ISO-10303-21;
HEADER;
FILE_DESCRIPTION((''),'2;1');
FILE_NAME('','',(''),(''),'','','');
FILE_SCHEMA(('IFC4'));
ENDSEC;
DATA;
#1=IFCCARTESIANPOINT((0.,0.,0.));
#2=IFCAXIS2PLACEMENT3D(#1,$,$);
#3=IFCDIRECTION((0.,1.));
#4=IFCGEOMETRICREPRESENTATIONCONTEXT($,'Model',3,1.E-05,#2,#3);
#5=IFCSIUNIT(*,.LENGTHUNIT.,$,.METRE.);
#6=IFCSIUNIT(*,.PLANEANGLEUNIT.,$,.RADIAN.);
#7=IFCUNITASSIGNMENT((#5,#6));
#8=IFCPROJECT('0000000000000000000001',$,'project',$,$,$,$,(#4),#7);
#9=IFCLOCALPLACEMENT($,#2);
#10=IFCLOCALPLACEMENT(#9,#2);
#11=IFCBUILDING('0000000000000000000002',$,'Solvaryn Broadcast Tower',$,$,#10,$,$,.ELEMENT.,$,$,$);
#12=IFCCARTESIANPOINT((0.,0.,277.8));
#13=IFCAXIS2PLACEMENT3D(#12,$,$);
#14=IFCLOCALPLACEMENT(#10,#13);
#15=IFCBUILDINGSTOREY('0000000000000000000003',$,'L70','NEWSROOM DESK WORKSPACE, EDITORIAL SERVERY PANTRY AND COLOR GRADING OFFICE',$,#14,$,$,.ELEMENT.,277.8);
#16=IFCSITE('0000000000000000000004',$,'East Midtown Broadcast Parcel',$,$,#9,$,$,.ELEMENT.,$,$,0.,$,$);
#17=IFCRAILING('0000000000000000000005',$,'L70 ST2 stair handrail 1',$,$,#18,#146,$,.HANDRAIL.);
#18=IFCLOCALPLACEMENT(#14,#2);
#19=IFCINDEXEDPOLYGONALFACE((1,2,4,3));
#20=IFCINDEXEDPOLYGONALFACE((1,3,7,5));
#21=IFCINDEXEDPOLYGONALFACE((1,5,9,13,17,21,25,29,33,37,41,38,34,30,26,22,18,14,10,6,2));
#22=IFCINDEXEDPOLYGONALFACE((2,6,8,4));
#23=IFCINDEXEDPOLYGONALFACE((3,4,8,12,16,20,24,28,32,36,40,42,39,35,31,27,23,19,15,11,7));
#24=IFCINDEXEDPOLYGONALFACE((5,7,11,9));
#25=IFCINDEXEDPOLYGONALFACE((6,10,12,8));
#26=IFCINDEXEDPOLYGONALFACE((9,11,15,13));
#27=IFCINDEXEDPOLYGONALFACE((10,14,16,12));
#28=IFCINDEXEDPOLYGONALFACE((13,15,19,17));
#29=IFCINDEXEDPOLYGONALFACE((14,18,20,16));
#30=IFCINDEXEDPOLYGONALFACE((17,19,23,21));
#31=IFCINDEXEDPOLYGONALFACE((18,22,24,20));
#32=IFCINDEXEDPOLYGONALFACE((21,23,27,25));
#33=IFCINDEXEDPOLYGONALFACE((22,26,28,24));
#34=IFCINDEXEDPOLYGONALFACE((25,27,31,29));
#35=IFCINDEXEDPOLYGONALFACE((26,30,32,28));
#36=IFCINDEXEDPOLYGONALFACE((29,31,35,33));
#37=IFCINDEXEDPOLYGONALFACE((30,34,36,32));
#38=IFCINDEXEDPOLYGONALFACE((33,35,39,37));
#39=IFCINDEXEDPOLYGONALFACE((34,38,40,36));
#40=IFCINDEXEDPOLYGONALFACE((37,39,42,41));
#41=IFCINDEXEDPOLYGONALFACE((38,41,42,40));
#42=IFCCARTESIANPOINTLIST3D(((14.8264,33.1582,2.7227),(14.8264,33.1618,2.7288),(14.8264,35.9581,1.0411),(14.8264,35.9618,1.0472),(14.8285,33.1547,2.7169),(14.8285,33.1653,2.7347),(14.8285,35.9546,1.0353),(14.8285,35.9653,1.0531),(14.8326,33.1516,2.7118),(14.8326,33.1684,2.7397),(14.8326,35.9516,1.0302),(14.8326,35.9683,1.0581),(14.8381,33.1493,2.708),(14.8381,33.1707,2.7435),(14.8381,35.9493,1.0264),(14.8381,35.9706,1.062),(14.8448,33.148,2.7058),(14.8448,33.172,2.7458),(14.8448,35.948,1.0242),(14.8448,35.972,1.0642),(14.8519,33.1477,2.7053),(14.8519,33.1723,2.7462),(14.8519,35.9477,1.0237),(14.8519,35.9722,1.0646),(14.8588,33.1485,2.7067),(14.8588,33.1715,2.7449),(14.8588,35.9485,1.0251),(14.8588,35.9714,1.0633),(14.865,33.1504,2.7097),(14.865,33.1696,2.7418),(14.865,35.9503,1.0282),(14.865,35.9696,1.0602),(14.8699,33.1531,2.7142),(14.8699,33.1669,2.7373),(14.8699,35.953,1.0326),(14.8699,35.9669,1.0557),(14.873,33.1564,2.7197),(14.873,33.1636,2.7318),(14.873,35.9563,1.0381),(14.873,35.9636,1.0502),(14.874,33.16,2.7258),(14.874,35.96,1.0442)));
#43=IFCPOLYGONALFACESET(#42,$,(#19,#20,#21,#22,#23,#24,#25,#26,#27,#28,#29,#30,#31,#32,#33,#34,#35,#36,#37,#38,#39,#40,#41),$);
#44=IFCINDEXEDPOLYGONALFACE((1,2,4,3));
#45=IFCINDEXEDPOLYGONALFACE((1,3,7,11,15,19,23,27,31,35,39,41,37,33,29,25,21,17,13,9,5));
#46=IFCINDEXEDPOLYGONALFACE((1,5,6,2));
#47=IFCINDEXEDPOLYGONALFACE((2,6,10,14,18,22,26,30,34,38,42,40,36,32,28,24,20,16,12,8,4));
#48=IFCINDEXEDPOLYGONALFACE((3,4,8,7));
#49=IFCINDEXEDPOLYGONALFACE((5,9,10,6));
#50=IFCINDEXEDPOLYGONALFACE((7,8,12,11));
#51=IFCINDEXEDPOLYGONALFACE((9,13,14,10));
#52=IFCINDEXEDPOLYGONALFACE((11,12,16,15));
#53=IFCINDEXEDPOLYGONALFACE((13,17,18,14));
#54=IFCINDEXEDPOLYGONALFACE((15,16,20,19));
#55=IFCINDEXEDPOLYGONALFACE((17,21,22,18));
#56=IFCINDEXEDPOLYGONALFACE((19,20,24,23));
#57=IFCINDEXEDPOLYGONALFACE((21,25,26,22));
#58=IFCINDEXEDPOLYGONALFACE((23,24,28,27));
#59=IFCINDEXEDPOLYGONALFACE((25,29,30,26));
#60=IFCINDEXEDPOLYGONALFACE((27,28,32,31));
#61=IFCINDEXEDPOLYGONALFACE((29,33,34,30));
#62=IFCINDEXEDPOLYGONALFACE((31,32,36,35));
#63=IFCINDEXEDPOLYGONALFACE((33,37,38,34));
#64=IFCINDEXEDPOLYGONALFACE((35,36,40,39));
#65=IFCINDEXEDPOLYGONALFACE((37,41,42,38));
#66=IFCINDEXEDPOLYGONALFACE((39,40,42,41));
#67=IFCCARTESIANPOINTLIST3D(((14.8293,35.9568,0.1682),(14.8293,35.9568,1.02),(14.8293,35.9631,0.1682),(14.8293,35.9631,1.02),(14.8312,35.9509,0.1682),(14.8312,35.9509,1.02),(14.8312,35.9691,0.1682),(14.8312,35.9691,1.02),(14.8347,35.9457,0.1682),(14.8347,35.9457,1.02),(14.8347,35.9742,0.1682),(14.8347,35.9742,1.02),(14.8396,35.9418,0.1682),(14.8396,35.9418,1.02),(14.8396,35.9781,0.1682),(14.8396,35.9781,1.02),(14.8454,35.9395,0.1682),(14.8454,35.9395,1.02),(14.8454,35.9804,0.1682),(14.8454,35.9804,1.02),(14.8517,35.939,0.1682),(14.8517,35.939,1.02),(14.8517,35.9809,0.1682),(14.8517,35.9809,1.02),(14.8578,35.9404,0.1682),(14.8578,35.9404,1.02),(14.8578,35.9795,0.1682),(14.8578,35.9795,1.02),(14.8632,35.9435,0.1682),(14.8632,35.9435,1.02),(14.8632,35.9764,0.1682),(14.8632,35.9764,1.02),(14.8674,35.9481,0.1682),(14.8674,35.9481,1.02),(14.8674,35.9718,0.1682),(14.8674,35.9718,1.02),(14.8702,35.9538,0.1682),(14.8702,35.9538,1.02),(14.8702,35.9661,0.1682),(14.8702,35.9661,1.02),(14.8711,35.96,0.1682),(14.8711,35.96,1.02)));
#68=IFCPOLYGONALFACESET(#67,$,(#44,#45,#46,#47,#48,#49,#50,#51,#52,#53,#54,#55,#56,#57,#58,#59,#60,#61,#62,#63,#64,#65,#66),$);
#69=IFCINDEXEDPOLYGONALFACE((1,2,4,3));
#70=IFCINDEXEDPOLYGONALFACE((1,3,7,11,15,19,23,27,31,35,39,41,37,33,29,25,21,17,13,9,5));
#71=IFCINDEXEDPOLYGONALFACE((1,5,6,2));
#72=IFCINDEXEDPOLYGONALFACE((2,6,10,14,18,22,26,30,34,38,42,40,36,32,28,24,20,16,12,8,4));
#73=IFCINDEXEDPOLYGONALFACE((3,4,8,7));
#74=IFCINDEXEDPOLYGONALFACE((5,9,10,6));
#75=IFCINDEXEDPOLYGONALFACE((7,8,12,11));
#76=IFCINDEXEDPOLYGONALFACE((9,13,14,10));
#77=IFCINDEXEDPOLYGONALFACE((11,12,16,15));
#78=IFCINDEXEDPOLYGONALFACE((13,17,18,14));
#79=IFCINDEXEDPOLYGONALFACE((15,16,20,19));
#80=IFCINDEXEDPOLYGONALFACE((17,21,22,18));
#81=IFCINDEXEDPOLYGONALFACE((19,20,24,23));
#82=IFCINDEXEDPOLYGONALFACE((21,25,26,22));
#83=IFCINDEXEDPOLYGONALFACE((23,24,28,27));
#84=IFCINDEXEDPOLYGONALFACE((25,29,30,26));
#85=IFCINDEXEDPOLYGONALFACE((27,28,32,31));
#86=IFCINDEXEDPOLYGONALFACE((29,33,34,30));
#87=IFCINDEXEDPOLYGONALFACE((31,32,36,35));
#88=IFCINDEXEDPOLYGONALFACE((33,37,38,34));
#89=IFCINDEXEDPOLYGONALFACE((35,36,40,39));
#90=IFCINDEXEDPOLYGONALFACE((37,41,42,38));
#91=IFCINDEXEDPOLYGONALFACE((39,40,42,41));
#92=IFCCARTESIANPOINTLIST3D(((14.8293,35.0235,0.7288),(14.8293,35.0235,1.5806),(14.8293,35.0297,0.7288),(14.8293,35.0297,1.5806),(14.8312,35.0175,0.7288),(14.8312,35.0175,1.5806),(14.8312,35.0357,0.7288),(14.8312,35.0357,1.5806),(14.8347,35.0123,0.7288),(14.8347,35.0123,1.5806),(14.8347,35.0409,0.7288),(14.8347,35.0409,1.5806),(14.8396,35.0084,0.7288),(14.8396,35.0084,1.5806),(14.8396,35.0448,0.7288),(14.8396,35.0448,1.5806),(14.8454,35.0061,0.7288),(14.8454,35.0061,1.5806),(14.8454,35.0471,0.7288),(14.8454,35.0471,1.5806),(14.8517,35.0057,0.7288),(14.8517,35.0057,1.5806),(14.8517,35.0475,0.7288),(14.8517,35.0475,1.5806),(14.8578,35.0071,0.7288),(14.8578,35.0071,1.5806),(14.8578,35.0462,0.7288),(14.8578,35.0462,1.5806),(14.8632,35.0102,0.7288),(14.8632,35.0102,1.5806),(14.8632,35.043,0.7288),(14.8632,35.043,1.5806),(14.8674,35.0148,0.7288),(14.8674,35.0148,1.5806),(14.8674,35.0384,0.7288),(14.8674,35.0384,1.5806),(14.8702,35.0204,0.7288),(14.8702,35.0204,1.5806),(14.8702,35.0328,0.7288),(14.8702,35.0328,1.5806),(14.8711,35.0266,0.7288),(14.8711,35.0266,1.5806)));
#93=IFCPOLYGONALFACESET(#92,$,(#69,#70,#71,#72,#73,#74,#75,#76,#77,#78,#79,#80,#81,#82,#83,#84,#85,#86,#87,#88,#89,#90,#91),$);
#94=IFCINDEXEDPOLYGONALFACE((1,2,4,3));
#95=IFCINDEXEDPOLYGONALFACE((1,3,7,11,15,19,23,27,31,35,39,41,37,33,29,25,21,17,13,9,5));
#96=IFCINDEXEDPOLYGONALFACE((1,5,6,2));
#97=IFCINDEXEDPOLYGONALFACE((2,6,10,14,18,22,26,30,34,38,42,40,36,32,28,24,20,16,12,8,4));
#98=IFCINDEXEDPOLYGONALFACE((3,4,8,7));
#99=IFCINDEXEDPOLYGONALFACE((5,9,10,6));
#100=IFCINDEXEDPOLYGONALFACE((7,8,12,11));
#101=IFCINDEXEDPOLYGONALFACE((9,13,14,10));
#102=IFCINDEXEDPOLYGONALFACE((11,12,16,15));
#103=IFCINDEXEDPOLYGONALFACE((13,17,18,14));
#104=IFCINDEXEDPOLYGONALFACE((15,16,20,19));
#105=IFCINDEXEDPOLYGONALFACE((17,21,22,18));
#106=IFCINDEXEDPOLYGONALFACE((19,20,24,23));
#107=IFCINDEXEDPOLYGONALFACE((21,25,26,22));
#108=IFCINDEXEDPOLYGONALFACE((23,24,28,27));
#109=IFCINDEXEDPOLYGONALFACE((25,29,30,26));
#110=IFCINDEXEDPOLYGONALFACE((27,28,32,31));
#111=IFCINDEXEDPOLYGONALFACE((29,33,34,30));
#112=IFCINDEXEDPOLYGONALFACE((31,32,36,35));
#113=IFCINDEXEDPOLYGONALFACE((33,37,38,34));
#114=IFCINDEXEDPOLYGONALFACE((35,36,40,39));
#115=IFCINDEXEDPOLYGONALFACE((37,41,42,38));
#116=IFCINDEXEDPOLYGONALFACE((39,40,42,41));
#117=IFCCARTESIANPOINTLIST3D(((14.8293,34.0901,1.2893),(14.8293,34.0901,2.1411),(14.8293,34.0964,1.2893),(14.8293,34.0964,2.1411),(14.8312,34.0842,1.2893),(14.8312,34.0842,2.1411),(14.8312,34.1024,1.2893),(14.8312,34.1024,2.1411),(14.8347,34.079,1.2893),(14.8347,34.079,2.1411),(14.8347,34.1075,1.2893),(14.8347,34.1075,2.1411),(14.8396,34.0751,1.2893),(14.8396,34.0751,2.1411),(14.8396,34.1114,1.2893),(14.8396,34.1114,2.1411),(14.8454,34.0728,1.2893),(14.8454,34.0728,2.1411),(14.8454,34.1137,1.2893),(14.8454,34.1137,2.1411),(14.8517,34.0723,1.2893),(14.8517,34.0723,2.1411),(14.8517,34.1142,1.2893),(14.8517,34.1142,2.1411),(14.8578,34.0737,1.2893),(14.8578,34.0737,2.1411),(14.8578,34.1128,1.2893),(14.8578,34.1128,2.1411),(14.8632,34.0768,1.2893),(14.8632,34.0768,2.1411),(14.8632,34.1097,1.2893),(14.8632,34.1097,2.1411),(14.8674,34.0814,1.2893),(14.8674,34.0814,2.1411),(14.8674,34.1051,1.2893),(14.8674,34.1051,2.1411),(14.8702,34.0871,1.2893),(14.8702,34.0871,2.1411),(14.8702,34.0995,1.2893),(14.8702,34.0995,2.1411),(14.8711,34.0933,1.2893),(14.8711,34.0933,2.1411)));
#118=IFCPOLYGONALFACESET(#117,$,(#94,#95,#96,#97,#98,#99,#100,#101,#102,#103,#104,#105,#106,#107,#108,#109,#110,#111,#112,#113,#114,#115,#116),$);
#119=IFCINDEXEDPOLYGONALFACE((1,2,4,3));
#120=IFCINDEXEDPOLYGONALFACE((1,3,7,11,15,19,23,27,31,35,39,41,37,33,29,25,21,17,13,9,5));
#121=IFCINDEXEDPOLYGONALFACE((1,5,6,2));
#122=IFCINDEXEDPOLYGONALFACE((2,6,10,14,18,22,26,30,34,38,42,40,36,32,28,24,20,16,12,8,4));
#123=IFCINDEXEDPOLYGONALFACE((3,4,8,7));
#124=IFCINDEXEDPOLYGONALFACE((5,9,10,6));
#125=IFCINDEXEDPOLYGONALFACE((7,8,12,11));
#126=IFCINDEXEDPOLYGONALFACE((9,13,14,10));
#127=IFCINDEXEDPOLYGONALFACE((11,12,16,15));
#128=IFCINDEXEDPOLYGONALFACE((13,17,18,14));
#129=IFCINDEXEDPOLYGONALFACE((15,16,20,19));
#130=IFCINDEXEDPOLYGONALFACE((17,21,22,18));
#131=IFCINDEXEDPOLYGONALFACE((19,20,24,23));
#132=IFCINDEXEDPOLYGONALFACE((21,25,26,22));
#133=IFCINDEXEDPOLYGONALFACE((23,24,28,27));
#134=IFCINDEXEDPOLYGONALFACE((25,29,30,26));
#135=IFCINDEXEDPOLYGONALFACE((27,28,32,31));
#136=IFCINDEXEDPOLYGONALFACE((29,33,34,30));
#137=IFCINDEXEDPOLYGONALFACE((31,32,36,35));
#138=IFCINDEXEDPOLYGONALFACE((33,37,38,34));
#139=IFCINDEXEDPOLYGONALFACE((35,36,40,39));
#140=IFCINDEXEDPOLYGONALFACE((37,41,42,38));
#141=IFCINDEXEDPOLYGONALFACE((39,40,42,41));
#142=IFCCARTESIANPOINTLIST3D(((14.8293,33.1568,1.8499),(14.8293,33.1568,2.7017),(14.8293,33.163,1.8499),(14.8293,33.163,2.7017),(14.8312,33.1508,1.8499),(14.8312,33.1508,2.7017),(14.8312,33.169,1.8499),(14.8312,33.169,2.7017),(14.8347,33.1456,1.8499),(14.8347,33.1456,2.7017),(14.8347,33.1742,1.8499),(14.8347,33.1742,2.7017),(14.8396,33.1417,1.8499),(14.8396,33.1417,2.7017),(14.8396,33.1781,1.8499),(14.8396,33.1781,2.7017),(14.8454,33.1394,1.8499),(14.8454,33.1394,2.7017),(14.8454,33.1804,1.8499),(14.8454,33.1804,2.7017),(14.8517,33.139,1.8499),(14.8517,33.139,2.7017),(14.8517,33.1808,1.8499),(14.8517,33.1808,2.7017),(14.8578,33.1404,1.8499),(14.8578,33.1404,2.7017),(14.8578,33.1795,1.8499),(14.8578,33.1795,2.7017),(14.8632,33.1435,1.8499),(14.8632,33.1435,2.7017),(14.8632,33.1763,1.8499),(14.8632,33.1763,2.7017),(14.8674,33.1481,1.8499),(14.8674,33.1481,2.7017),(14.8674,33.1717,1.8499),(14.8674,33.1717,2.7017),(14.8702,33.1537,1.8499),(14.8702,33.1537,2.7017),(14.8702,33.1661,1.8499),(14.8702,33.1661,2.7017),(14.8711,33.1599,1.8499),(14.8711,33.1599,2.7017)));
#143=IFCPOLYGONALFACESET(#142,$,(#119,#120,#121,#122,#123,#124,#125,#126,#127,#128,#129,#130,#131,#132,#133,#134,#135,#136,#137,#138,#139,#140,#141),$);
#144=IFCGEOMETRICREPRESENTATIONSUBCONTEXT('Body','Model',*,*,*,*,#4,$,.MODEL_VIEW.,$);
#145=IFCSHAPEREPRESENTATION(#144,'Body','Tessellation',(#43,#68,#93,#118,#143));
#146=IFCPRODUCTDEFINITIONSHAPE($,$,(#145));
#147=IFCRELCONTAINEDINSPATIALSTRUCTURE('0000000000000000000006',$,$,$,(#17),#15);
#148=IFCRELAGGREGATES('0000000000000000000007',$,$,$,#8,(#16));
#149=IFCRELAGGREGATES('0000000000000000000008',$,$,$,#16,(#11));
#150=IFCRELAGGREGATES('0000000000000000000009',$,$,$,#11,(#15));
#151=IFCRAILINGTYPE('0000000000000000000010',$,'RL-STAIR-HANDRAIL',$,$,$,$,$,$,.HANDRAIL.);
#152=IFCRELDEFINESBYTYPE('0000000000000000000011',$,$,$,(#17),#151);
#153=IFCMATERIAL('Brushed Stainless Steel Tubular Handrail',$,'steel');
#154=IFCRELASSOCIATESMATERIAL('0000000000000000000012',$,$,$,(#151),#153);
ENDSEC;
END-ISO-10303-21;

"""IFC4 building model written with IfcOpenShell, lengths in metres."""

from ifc_helpers import new_model, si_unit, direction, frame, origin, origin_2d, place, context, subcontext, project, spatial, circle, extrude, material, type_object, element, save


model = new_model("IFC4")

# Units and contexts
model_context = context("Model", 3, precision=1e-05, world=origin(), true_north=direction((0.0, 1.0)))
body_context = subcontext(model_context, "Body", "Model", "MODEL_VIEW")
ifc_project = project(units=[si_unit("LENGTHUNIT", "METRE"), si_unit("PLANEANGLEUNIT", "RADIAN")], contexts=[model_context])

# Site, building, storey
site_placement = place(None, origin())
site = spatial("IfcSite", under=ifc_project, at=site_placement, Name="East Midtown Broadcast Parcel", CompositionType="ELEMENT", RefElevation=0.0)
building_placement = place(site_placement, origin())
building = spatial("IfcBuilding", under=site, at=building_placement, Name="Solvaryn Broadcast Tower", CompositionType="ELEMENT")
storey_placement = place(building_placement, frame((0.0, 0.0, 277.8)))
storey = spatial("IfcBuildingStorey", under=building, at=storey_placement, Name="L70", Description="NEWSROOM DESK WORKSPACE, EDITORIAL SERVERY PANTRY AND COLOR GRADING OFFICE", CompositionType="ELEMENT", Elevation=277.8)

# Railing
ifc_material_1 = material(Name="Brushed Stainless Steel Tubular Handrail", Category="steel")
railing_type_1 = type_object("IfcRailingType", Name="RL-STAIR-HANDRAIL", PredefinedType="HANDRAIL", material=ifc_material_1)
railing_1_placement = place(storey_placement, frame((14.8501, 35.96, 0.1682)))
element("IfcRailing", 1, at=railing_1_placement, inside=storey, type_object=railing_type_1, Name="L70 ST2 stair handrail 1", PredefinedType="HANDRAIL", context=body_context, shape_type="SweptSolid", body=[
    extrude(circle(Radius=0.0239, at=origin_2d()), frame((0.0, 0.0, 0.876), z_axis=(0.0, -0.857275, 0.514858), x_axis=(1.0, 0.0, 0.0)), (0.0, 0.0, 1.0), 3.2661),
    extrude(circle(Radius=0.021, at=origin_2d()), origin(), (0.0, 0.0, 1.0), 0.8518),
    extrude(circle(Radius=0.021, at=origin_2d()), frame((0.0, -0.9333, 0.5605)), (0.0, 0.0, 1.0), 0.8518),
    extrude(circle(Radius=0.021, at=origin_2d()), frame((0.0, -1.8667, 1.1211)), (0.0, 0.0, 1.0), 0.8518),
    extrude(circle(Radius=0.021, at=origin_2d()), frame((0.0, -2.8, 1.6816)), (0.0, 0.0, 1.0), 0.8518),
])

save(model, "model.ifc")
